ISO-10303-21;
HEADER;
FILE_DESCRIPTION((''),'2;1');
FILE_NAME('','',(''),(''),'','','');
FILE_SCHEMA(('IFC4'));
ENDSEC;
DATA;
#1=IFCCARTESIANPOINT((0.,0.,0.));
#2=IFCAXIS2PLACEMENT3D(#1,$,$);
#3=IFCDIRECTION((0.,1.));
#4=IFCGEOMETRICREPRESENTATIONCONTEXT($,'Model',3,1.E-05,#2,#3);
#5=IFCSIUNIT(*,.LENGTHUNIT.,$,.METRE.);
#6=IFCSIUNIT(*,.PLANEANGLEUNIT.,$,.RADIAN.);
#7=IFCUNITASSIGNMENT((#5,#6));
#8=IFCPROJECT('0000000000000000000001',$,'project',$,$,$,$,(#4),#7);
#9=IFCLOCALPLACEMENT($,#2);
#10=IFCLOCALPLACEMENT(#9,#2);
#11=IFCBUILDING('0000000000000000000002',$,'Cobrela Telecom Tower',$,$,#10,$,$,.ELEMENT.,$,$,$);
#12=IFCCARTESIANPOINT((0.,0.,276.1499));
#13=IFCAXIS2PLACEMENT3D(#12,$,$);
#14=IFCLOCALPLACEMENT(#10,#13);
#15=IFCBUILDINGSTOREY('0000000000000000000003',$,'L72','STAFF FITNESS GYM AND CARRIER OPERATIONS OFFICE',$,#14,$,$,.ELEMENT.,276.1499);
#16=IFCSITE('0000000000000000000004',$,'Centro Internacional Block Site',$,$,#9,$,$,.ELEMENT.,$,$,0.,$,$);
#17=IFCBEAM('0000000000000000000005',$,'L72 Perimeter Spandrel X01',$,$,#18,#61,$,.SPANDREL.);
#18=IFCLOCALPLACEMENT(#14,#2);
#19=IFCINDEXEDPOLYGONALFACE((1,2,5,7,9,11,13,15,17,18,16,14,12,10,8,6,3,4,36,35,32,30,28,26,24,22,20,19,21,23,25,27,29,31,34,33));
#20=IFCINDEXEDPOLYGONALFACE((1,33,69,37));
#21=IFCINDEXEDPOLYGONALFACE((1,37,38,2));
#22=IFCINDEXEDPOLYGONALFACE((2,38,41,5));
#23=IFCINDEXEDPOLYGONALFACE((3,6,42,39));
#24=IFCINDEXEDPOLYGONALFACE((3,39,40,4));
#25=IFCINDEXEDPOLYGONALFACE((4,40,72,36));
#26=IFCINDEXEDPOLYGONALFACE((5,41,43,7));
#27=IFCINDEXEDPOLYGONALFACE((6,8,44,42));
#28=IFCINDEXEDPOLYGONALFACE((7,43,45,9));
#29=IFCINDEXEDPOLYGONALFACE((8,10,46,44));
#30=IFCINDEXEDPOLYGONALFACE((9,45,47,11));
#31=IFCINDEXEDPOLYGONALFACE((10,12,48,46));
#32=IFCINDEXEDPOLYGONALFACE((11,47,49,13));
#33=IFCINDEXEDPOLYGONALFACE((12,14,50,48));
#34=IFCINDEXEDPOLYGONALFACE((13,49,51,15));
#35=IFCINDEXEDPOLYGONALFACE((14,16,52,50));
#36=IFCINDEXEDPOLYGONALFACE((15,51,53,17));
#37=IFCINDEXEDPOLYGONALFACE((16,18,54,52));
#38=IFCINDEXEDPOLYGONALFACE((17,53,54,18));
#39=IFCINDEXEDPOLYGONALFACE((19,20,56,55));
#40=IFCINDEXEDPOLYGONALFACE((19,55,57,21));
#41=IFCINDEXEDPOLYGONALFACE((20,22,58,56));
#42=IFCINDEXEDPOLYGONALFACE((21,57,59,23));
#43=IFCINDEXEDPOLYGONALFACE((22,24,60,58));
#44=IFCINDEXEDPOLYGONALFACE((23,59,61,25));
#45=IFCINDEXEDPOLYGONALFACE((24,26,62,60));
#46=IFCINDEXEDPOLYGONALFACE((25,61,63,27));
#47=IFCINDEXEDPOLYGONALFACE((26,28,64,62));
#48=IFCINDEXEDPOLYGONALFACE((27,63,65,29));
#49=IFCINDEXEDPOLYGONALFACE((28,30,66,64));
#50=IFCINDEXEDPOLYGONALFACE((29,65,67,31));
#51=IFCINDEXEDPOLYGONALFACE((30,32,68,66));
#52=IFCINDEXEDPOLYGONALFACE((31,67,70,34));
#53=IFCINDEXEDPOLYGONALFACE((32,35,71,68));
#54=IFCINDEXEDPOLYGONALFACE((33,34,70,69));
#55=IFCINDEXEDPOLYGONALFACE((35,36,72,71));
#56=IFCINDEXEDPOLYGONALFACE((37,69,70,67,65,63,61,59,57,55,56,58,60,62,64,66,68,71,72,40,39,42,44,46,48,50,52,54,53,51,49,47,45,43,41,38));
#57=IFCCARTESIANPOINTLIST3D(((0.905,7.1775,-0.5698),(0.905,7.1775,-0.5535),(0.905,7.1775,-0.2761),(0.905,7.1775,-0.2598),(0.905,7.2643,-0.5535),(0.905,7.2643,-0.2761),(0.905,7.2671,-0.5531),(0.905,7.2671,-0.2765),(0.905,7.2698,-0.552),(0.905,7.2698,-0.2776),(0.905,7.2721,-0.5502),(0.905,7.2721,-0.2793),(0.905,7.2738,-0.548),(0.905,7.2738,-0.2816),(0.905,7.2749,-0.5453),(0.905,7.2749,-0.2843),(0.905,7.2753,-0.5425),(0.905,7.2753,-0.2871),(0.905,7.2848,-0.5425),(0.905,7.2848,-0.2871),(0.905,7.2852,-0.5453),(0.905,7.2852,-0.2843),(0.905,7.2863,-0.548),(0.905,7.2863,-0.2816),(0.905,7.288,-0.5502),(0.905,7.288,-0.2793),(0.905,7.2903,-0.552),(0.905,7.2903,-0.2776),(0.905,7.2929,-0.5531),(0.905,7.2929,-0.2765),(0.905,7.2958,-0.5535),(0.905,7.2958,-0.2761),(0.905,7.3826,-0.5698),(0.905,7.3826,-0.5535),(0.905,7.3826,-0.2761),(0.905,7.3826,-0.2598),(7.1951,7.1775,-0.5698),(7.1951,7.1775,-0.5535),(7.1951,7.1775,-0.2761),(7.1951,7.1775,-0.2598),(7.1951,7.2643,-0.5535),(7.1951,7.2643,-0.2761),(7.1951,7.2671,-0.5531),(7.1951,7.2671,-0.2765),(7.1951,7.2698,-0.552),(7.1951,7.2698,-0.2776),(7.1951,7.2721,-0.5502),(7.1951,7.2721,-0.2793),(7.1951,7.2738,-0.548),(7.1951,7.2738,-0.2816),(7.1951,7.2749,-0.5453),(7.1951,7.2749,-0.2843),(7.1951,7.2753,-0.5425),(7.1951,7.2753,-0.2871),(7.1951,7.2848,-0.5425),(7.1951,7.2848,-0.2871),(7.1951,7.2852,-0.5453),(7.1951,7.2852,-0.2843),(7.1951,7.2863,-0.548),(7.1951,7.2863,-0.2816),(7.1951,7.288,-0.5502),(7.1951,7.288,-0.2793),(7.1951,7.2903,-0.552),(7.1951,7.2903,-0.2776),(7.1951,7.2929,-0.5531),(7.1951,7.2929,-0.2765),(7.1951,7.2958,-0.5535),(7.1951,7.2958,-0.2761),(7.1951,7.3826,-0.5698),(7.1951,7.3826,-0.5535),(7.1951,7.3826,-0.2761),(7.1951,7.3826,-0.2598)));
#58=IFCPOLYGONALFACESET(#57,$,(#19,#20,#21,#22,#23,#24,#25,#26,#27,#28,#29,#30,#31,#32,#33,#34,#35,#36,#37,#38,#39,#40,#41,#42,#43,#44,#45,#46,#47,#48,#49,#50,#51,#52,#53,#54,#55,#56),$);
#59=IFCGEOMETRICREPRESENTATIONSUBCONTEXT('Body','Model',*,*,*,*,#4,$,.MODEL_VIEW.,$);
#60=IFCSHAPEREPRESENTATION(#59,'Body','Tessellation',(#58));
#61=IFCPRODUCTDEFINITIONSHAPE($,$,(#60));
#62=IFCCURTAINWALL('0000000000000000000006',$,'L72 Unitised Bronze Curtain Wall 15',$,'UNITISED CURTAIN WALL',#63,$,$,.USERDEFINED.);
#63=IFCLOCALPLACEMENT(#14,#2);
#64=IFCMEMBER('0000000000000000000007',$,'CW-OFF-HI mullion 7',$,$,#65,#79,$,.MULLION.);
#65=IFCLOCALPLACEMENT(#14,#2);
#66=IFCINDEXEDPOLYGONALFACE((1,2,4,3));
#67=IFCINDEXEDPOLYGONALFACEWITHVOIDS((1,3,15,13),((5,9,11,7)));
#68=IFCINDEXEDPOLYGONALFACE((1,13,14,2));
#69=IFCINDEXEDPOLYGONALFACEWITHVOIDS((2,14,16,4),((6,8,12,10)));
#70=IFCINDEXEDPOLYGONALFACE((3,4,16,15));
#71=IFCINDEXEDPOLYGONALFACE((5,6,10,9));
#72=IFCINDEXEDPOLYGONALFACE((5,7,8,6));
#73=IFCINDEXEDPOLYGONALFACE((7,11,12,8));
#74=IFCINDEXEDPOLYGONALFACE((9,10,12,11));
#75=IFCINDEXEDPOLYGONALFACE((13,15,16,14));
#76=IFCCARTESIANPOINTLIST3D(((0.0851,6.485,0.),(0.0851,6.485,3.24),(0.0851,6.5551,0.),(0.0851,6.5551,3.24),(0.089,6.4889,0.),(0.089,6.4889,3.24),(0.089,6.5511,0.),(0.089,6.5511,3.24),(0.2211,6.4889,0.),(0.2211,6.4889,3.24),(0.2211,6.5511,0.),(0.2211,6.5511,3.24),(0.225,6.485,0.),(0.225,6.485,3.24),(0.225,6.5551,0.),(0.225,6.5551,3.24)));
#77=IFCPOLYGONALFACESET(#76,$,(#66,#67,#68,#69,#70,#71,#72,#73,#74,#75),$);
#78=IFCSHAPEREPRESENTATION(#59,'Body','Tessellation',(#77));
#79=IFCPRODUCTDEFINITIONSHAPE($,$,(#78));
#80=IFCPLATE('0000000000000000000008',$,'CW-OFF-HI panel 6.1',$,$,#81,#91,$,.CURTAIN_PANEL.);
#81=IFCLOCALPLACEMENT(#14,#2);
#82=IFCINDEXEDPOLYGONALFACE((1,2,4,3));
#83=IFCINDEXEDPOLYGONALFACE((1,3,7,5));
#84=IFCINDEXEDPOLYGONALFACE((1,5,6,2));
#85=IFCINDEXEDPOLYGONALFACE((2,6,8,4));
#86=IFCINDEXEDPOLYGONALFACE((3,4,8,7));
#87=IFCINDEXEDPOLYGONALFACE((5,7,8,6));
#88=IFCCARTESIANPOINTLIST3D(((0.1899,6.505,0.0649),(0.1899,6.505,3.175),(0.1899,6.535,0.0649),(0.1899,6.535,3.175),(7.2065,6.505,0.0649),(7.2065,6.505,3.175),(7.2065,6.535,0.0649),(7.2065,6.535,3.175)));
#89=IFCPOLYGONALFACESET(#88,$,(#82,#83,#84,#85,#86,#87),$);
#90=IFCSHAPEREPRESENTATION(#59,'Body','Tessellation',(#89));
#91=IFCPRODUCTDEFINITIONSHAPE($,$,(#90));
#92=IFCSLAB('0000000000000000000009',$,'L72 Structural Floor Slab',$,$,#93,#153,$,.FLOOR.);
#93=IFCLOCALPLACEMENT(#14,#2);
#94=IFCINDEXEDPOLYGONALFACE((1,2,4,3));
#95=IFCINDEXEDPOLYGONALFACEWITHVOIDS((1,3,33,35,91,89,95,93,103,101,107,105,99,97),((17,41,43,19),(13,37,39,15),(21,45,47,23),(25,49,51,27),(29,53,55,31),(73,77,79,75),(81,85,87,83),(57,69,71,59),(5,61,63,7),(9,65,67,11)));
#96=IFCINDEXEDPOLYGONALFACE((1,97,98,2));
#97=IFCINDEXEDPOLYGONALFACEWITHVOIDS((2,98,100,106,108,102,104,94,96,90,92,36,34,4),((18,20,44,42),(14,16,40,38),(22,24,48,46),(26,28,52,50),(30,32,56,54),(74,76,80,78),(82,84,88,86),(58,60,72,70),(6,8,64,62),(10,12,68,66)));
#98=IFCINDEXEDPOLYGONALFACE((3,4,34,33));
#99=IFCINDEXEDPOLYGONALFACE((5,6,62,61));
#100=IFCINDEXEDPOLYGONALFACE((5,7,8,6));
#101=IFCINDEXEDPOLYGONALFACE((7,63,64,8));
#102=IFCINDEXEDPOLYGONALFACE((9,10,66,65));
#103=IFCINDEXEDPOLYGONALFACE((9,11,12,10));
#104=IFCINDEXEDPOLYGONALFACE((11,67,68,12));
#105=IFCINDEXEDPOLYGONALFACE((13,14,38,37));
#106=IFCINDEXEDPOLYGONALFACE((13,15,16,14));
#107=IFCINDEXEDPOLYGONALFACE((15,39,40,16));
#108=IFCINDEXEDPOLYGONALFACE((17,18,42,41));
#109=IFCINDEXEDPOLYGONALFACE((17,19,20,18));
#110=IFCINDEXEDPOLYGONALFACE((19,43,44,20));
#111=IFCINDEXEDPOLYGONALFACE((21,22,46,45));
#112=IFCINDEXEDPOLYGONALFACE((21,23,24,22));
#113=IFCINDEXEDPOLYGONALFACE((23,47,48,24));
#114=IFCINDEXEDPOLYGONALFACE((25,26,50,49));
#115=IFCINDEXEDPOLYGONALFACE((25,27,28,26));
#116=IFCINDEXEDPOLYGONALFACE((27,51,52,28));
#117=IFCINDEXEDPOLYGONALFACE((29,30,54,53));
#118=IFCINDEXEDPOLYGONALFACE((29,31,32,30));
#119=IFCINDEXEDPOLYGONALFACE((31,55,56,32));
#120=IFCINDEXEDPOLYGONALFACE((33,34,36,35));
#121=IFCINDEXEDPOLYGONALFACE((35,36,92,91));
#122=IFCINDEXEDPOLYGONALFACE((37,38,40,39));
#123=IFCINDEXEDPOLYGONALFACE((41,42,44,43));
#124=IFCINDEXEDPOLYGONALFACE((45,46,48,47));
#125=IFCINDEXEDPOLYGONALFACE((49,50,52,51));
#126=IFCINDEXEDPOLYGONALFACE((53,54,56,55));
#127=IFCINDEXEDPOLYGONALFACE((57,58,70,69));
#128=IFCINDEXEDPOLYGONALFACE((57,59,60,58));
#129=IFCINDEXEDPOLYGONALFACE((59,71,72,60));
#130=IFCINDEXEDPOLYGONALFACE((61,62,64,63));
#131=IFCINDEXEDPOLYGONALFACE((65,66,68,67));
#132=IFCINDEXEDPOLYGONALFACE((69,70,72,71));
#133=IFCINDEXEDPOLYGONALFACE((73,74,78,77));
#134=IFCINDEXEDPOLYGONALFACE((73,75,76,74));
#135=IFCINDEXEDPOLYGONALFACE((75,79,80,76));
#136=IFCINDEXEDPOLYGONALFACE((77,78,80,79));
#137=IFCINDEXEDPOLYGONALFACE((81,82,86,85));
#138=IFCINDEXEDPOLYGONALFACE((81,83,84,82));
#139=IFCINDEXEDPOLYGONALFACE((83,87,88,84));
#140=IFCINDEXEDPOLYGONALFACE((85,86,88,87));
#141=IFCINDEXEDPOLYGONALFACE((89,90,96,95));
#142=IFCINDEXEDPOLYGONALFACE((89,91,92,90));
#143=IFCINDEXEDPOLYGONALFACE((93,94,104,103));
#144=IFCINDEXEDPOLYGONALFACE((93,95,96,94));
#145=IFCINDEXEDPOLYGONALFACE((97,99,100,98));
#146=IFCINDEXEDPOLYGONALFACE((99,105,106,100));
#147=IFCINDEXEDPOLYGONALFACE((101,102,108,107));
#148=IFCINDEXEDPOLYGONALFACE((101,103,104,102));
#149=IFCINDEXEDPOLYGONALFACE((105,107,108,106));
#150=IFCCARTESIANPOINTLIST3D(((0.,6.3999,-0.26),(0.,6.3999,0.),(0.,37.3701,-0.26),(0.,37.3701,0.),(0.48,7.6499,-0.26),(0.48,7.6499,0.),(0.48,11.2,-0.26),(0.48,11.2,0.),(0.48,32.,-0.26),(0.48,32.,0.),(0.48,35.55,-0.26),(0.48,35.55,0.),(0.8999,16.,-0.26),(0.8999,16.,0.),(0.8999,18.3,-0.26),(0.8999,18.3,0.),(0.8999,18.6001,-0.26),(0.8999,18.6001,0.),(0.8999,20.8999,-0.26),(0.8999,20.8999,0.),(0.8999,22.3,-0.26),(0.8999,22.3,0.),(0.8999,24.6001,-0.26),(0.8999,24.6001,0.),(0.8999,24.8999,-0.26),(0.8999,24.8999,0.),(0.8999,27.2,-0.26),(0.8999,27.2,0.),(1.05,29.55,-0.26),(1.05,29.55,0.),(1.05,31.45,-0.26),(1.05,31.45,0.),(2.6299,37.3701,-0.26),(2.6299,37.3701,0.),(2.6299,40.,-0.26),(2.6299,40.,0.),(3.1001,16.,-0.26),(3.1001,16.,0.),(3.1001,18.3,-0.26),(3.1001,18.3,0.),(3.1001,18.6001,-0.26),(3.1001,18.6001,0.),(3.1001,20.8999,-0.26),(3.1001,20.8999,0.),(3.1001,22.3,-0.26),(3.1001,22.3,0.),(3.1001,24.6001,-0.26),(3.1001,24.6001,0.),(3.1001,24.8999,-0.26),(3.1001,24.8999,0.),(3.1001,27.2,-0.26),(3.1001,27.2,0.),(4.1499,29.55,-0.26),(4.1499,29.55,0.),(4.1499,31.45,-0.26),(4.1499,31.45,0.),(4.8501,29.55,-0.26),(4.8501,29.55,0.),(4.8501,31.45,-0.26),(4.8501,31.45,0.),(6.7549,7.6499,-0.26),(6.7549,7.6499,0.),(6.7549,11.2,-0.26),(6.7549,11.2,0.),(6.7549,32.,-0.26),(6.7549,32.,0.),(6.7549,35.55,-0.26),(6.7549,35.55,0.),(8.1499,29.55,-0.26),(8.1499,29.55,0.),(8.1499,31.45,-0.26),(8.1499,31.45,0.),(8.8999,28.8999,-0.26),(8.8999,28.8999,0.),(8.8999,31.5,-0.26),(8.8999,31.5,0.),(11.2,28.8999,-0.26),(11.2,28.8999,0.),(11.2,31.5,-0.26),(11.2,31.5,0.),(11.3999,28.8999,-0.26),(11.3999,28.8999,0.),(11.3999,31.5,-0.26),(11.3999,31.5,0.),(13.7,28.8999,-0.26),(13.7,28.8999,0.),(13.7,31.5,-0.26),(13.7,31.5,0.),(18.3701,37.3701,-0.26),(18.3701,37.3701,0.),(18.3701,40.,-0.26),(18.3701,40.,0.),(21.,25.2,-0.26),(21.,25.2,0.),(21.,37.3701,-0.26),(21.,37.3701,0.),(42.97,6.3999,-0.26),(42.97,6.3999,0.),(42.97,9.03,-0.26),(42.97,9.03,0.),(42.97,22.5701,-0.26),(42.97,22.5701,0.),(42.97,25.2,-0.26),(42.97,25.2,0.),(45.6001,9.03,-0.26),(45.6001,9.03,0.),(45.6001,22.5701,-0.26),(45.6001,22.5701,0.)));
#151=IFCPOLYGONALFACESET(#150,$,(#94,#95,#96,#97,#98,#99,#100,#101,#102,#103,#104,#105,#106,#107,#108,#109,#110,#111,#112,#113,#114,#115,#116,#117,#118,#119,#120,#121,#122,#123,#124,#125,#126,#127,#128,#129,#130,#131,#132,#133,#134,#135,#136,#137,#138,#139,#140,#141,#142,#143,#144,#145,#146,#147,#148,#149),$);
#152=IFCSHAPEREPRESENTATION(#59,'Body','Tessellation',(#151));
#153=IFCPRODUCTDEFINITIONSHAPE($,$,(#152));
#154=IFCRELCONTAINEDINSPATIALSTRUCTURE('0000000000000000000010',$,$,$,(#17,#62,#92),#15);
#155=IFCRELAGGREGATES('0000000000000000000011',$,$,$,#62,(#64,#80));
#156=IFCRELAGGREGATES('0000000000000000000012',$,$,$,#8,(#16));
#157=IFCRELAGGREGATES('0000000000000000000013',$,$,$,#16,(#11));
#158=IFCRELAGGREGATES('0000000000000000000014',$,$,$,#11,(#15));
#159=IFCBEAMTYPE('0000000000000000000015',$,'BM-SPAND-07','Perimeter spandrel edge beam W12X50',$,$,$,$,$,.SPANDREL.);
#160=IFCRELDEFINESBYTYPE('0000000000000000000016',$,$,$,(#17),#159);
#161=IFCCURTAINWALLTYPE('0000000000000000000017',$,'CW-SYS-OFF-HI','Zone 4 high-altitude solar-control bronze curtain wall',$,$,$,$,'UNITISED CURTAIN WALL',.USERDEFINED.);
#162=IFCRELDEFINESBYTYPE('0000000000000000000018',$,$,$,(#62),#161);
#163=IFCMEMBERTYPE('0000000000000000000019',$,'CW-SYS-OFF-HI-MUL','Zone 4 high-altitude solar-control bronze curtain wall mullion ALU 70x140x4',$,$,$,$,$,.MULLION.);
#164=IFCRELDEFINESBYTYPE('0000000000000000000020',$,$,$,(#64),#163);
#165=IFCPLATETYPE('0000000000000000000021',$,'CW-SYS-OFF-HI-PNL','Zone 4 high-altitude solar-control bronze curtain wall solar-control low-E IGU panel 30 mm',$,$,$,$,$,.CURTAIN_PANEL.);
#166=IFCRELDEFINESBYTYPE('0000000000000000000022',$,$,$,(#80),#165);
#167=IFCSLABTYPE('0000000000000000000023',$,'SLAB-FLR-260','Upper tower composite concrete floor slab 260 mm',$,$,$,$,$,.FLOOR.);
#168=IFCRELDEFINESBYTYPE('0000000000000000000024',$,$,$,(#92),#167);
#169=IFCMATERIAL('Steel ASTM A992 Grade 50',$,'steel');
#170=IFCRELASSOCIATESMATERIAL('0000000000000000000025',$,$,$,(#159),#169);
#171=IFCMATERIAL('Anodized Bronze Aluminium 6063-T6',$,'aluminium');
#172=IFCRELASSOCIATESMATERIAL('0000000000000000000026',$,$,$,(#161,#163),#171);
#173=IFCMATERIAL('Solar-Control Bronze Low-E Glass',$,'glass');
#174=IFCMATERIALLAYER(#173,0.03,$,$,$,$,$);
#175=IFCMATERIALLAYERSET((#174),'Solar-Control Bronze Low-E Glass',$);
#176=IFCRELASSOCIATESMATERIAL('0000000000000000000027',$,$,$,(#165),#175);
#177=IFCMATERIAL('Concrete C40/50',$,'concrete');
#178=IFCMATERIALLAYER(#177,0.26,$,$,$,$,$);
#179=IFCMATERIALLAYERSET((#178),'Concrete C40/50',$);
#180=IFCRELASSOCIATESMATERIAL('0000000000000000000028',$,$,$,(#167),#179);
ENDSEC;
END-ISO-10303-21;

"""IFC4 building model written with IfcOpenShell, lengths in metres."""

from ifc_helpers import new_model, si_unit, direction, frame, origin, origin_2d, place, context, subcontext, project, spatial, polyline, rectangle, hollow_rectangle, i_section, outline, extrude, material, layer, layer_set, material_profile, profile_set, type_object, element, aggregate, save


model = new_model("IFC4")

# Units and contexts
model_context = context("Model", 3, precision=1e-05, world=origin(), true_north=direction((0.0, 1.0)))
body_context = subcontext(model_context, "Body", "Model", "MODEL_VIEW")
ifc_project = project(units=[si_unit("LENGTHUNIT", "METRE"), si_unit("PLANEANGLEUNIT", "RADIAN")], contexts=[model_context])

# Site, building, storey
site_placement = place(None, origin())
site = spatial("IfcSite", under=ifc_project, at=site_placement, Name="Centro Internacional Block Site", CompositionType="ELEMENT", RefElevation=0.0)
building_placement = place(site_placement, origin())
building = spatial("IfcBuilding", under=site, at=building_placement, Name="Cobrela Telecom Tower", CompositionType="ELEMENT")
storey_placement = place(building_placement, frame((0.0, 0.0, 276.1499)))
storey = spatial("IfcBuildingStorey", under=building, at=storey_placement, Name="L72", Description="STAFF FITNESS GYM AND CARRIER OPERATIONS OFFICE", CompositionType="ELEMENT", Elevation=276.1499)

# Beam
ifc_material_1 = material(Name="Steel ASTM A992 Grade 50", Category="steel")
ifc_material_profile_1 = material_profile(ifc_material_1, i_section(OverallWidth=0.2051, OverallDepth=0.3101, WebThickness=0.0095, FlangeThickness=0.0164, FilletRadius=0.011, at=origin_2d()), Name="W12X50")
ifc_profile_set_1 = profile_set([ifc_material_profile_1], Name="Steel ASTM A992 Grade 50")
beam_type = type_object("IfcBeamType", Name="BM-SPAND-07", Description="Perimeter spandrel edge beam W12X50", PredefinedType="SPANDREL", material=ifc_profile_set_1)
beam_placement = place(storey_placement, frame((0.905, 7.28, -0.4148), z_axis=(1.0, 0.0, 0.0), x_axis=(0.0, 1.0, 0.0)))
element("IfcBeam", 1, at=beam_placement, inside=storey, type_object=beam_type, Name="L72 Perimeter Spandrel X01", PredefinedType="SPANDREL", context=body_context, shape_type="SweptSolid", body=[
    extrude(i_section(OverallWidth=0.2051, OverallDepth=0.3101, WebThickness=0.0095, FlangeThickness=0.0164, FilletRadius=0.011, at=origin_2d()), origin(), (0.0, 0.0, 1.0), 6.29),
])

# Curtain wall, member, plate
ifc_material_2 = material(Name="Anodized Bronze Aluminium 6063-T6", Category="aluminium")
curtain_wall_type = type_object("IfcCurtainWallType", Name="CW-SYS-OFF-HI", Description="Zone 4 high-altitude solar-control bronze curtain wall", ElementType="UNITISED CURTAIN WALL", PredefinedType="USERDEFINED", material=ifc_material_2)
curtain_wall_placement = place(storey_placement, origin())
curtain_wall = element("IfcCurtainWall", 2, at=curtain_wall_placement, inside=storey, type_object=curtain_wall_type, Name="L72 Unitised Bronze Curtain Wall 15", ObjectType="UNITISED CURTAIN WALL", PredefinedType="USERDEFINED")
ifc_material_profile_2 = material_profile(ifc_material_2, hollow_rectangle(XDim=0.0701, YDim=0.1399, WallThickness=0.0039, at=origin_2d()), Name="ALU 70x140x4")
ifc_profile_set_2 = profile_set([ifc_material_profile_2], Name="Anodized Bronze Aluminium 6063-T6")
member_type = type_object("IfcMemberType", Name="CW-SYS-OFF-HI-MUL", Description="Zone 4 high-altitude solar-control bronze curtain wall mullion ALU 70x140x4", PredefinedType="MULLION", material=ifc_profile_set_2)
member_placement = place(storey_placement, frame((0.155, 6.52, 0.0), z_axis=(0.0, 0.0, 1.0), x_axis=(0.0, -1.0, 0.0)))
member = element("IfcMember", 3, at=member_placement, type_object=member_type, Name="CW-OFF-HI mullion 7", PredefinedType="MULLION", context=body_context, shape_type="SweptSolid", body=[
    extrude(hollow_rectangle(XDim=0.0701, YDim=0.1399, WallThickness=0.0039, at=origin_2d()), origin(), (0.0, 0.0, 1.0), 3.24),
])
ifc_material_3 = material(Name="Solar-Control Bronze Low-E Glass", Category="glass")
ifc_layer_1 = layer(ifc_material_3, 0.03)
ifc_layer_set_1 = layer_set([ifc_layer_1], Name="Solar-Control Bronze Low-E Glass")
plate_type = type_object("IfcPlateType", Name="CW-SYS-OFF-HI-PNL", Description="Zone 4 high-altitude solar-control bronze curtain wall solar-control low-E IGU panel 30 mm", PredefinedType="CURTAIN_PANEL", material=ifc_layer_set_1)
plate_placement = place(storey_placement, frame((3.6982, 6.52, 0.0649), z_axis=(0.0, 0.0, 1.0), x_axis=(-1.0, 0.0, 0.0)))
plate = element("IfcPlate", 4, at=plate_placement, type_object=plate_type, Name="CW-OFF-HI panel 6.1", PredefinedType="CURTAIN_PANEL", context=body_context, shape_type="SweptSolid", body=[
    extrude(rectangle(XDim=7.0166, YDim=0.03, at=origin_2d()), origin(), (0.0, 0.0, 1.0), 3.1101),
])
aggregate(curtain_wall, [member, plate])

# Slab, openings
ifc_material_4 = material(Name="Concrete C40/50", Category="concrete")
ifc_layer_2 = layer(ifc_material_4, 0.26)
ifc_layer_set_2 = layer_set([ifc_layer_2], Name="Concrete C40/50")
slab_type_1 = type_object("IfcSlabType", Name="SLAB-FLR-260", Description="Upper tower composite concrete floor slab 260 mm", PredefinedType="FLOOR", material=ifc_layer_set_2)
slab_1_placement = place(storey_placement, frame((0.0, 0.0, -0.26)))
slab_1 = element("IfcSlab", 5, at=slab_1_placement, inside=storey, type_object=slab_type_1, Name="L72 Structural Floor Slab", PredefinedType="FLOOR", context=body_context, shape_type="SweptSolid", body=[
    extrude(outline(polyline([(0.0, 6.3999), (42.97, 6.3999), (42.97, 9.03), (45.6001, 9.03), (45.6001, 22.5701), (42.97, 22.5701), (42.97, 25.2), (21.0, 25.2), (21.0, 37.3701), (18.3701, 37.3701), (18.3701, 40.0), (2.6299, 40.0), (2.6299, 37.3701), (0.0, 37.3701), (0.0, 6.3999)])), origin(), (0.0, 0.0, 1.0), 0.26),
])
opening_1_placement = place(slab_1_placement, frame((0.0, 0.0, -0.02)))
element("IfcOpeningElement", 6, at=opening_1_placement, cuts=slab_1, PredefinedType="OPENING", context=body_context, shape_type="SweptSolid", body=[
    extrude(outline(polyline([(8.8999, 28.8999), (11.2, 28.8999), (11.2, 31.5), (8.8999, 31.5), (8.8999, 28.8999)])), origin(), (0.0, 0.0, 1.0), 0.3),
])
opening_2_placement = place(slab_1_placement, frame((0.0, 0.0, -0.02)))
element("IfcOpeningElement", 7, at=opening_2_placement, cuts=slab_1, PredefinedType="OPENING", context=body_context, shape_type="SweptSolid", body=[
    extrude(outline(polyline([(11.3999, 28.8999), (13.7, 28.8999), (13.7, 31.5), (11.3999, 31.5), (11.3999, 28.8999)])), origin(), (0.0, 0.0, 1.0), 0.3),
])
opening_3_placement = place(slab_1_placement, frame((0.0, 0.0, -0.02)))
element("IfcOpeningElement", 8, at=opening_3_placement, cuts=slab_1, PredefinedType="OPENING", context=body_context, shape_type="SweptSolid", body=[
    extrude(outline(polyline([(0.8999, 16.0), (3.1001, 16.0), (3.1001, 18.3), (0.8999, 18.3), (0.8999, 16.0)])), origin(), (0.0, 0.0, 1.0), 0.3),
])
opening_4_placement = place(slab_1_placement, frame((0.0, 0.0, -0.02)))
element("IfcOpeningElement", 9, at=opening_4_placement, cuts=slab_1, PredefinedType="OPENING", context=body_context, shape_type="SweptSolid", body=[
    extrude(outline(polyline([(0.8999, 18.6001), (3.1001, 18.6001), (3.1001, 20.8999), (0.8999, 20.8999), (0.8999, 18.6001)])), origin(), (0.0, 0.0, 1.0), 0.3),
])
opening_5_placement = place(slab_1_placement, frame((0.0, 0.0, -0.02)))
element("IfcOpeningElement", 10, at=opening_5_placement, cuts=slab_1, PredefinedType="OPENING", context=body_context, shape_type="SweptSolid", body=[
    extrude(outline(polyline([(0.8999, 22.3), (3.1001, 22.3), (3.1001, 24.6001), (0.8999, 24.6001), (0.8999, 22.3)])), origin(), (0.0, 0.0, 1.0), 0.3),
])
opening_6_placement = place(slab_1_placement, frame((0.0, 0.0, -0.02)))
element("IfcOpeningElement", 11, at=opening_6_placement, cuts=slab_1, PredefinedType="OPENING", context=body_context, shape_type="SweptSolid", body=[
    extrude(outline(polyline([(0.8999, 24.8999), (3.1001, 24.8999), (3.1001, 27.2), (0.8999, 27.2), (0.8999, 24.8999)])), origin(), (0.0, 0.0, 1.0), 0.3),
])
opening_7_placement = place(slab_1_placement, frame((0.0, 0.0, -0.02)))
element("IfcOpeningElement", 12, at=opening_7_placement, cuts=slab_1, PredefinedType="OPENING", context=body_context, shape_type="SweptSolid", body=[
    extrude(outline(polyline([(1.05, 29.55), (4.1499, 29.55), (4.1499, 31.45), (1.05, 31.45), (1.05, 29.55)])), origin(), (0.0, 0.0, 1.0), 0.3),
])
opening_8_placement = place(slab_1_placement, frame((0.0, 0.0, -0.02)))
element("IfcOpeningElement", 13, at=opening_8_placement, cuts=slab_1, PredefinedType="OPENING", context=body_context, shape_type="SweptSolid", body=[
    extrude(outline(polyline([(4.8501, 29.55), (8.1499, 29.55), (8.1499, 31.45), (4.8501, 31.45), (4.8501, 29.55)])), origin(), (0.0, 0.0, 1.0), 0.3),
])
opening_9_placement = place(slab_1_placement, frame((0.0, 0.0, -0.02)))
element("IfcOpeningElement", 14, at=opening_9_placement, cuts=slab_1, PredefinedType="OPENING", context=body_context, shape_type="SweptSolid", body=[
    extrude(outline(polyline([(6.7549, 35.55), (0.48, 35.55), (0.48, 32.0), (6.7549, 32.0), (6.7549, 35.55)])), origin(), (0.0, 0.0, 1.0), 0.3),
])
opening_10_placement = place(slab_1_placement, frame((0.0, 0.0, -0.02)))
element("IfcOpeningElement", 15, at=opening_10_placement, cuts=slab_1, PredefinedType="OPENING", context=body_context, shape_type="SweptSolid", body=[
    extrude(outline(polyline([(6.7549, 11.2), (0.48, 11.2), (0.48, 7.6499), (6.7549, 7.6499), (6.7549, 11.2)])), origin(), (0.0, 0.0, 1.0), 0.3),
])

save(model, "model.ifc")
